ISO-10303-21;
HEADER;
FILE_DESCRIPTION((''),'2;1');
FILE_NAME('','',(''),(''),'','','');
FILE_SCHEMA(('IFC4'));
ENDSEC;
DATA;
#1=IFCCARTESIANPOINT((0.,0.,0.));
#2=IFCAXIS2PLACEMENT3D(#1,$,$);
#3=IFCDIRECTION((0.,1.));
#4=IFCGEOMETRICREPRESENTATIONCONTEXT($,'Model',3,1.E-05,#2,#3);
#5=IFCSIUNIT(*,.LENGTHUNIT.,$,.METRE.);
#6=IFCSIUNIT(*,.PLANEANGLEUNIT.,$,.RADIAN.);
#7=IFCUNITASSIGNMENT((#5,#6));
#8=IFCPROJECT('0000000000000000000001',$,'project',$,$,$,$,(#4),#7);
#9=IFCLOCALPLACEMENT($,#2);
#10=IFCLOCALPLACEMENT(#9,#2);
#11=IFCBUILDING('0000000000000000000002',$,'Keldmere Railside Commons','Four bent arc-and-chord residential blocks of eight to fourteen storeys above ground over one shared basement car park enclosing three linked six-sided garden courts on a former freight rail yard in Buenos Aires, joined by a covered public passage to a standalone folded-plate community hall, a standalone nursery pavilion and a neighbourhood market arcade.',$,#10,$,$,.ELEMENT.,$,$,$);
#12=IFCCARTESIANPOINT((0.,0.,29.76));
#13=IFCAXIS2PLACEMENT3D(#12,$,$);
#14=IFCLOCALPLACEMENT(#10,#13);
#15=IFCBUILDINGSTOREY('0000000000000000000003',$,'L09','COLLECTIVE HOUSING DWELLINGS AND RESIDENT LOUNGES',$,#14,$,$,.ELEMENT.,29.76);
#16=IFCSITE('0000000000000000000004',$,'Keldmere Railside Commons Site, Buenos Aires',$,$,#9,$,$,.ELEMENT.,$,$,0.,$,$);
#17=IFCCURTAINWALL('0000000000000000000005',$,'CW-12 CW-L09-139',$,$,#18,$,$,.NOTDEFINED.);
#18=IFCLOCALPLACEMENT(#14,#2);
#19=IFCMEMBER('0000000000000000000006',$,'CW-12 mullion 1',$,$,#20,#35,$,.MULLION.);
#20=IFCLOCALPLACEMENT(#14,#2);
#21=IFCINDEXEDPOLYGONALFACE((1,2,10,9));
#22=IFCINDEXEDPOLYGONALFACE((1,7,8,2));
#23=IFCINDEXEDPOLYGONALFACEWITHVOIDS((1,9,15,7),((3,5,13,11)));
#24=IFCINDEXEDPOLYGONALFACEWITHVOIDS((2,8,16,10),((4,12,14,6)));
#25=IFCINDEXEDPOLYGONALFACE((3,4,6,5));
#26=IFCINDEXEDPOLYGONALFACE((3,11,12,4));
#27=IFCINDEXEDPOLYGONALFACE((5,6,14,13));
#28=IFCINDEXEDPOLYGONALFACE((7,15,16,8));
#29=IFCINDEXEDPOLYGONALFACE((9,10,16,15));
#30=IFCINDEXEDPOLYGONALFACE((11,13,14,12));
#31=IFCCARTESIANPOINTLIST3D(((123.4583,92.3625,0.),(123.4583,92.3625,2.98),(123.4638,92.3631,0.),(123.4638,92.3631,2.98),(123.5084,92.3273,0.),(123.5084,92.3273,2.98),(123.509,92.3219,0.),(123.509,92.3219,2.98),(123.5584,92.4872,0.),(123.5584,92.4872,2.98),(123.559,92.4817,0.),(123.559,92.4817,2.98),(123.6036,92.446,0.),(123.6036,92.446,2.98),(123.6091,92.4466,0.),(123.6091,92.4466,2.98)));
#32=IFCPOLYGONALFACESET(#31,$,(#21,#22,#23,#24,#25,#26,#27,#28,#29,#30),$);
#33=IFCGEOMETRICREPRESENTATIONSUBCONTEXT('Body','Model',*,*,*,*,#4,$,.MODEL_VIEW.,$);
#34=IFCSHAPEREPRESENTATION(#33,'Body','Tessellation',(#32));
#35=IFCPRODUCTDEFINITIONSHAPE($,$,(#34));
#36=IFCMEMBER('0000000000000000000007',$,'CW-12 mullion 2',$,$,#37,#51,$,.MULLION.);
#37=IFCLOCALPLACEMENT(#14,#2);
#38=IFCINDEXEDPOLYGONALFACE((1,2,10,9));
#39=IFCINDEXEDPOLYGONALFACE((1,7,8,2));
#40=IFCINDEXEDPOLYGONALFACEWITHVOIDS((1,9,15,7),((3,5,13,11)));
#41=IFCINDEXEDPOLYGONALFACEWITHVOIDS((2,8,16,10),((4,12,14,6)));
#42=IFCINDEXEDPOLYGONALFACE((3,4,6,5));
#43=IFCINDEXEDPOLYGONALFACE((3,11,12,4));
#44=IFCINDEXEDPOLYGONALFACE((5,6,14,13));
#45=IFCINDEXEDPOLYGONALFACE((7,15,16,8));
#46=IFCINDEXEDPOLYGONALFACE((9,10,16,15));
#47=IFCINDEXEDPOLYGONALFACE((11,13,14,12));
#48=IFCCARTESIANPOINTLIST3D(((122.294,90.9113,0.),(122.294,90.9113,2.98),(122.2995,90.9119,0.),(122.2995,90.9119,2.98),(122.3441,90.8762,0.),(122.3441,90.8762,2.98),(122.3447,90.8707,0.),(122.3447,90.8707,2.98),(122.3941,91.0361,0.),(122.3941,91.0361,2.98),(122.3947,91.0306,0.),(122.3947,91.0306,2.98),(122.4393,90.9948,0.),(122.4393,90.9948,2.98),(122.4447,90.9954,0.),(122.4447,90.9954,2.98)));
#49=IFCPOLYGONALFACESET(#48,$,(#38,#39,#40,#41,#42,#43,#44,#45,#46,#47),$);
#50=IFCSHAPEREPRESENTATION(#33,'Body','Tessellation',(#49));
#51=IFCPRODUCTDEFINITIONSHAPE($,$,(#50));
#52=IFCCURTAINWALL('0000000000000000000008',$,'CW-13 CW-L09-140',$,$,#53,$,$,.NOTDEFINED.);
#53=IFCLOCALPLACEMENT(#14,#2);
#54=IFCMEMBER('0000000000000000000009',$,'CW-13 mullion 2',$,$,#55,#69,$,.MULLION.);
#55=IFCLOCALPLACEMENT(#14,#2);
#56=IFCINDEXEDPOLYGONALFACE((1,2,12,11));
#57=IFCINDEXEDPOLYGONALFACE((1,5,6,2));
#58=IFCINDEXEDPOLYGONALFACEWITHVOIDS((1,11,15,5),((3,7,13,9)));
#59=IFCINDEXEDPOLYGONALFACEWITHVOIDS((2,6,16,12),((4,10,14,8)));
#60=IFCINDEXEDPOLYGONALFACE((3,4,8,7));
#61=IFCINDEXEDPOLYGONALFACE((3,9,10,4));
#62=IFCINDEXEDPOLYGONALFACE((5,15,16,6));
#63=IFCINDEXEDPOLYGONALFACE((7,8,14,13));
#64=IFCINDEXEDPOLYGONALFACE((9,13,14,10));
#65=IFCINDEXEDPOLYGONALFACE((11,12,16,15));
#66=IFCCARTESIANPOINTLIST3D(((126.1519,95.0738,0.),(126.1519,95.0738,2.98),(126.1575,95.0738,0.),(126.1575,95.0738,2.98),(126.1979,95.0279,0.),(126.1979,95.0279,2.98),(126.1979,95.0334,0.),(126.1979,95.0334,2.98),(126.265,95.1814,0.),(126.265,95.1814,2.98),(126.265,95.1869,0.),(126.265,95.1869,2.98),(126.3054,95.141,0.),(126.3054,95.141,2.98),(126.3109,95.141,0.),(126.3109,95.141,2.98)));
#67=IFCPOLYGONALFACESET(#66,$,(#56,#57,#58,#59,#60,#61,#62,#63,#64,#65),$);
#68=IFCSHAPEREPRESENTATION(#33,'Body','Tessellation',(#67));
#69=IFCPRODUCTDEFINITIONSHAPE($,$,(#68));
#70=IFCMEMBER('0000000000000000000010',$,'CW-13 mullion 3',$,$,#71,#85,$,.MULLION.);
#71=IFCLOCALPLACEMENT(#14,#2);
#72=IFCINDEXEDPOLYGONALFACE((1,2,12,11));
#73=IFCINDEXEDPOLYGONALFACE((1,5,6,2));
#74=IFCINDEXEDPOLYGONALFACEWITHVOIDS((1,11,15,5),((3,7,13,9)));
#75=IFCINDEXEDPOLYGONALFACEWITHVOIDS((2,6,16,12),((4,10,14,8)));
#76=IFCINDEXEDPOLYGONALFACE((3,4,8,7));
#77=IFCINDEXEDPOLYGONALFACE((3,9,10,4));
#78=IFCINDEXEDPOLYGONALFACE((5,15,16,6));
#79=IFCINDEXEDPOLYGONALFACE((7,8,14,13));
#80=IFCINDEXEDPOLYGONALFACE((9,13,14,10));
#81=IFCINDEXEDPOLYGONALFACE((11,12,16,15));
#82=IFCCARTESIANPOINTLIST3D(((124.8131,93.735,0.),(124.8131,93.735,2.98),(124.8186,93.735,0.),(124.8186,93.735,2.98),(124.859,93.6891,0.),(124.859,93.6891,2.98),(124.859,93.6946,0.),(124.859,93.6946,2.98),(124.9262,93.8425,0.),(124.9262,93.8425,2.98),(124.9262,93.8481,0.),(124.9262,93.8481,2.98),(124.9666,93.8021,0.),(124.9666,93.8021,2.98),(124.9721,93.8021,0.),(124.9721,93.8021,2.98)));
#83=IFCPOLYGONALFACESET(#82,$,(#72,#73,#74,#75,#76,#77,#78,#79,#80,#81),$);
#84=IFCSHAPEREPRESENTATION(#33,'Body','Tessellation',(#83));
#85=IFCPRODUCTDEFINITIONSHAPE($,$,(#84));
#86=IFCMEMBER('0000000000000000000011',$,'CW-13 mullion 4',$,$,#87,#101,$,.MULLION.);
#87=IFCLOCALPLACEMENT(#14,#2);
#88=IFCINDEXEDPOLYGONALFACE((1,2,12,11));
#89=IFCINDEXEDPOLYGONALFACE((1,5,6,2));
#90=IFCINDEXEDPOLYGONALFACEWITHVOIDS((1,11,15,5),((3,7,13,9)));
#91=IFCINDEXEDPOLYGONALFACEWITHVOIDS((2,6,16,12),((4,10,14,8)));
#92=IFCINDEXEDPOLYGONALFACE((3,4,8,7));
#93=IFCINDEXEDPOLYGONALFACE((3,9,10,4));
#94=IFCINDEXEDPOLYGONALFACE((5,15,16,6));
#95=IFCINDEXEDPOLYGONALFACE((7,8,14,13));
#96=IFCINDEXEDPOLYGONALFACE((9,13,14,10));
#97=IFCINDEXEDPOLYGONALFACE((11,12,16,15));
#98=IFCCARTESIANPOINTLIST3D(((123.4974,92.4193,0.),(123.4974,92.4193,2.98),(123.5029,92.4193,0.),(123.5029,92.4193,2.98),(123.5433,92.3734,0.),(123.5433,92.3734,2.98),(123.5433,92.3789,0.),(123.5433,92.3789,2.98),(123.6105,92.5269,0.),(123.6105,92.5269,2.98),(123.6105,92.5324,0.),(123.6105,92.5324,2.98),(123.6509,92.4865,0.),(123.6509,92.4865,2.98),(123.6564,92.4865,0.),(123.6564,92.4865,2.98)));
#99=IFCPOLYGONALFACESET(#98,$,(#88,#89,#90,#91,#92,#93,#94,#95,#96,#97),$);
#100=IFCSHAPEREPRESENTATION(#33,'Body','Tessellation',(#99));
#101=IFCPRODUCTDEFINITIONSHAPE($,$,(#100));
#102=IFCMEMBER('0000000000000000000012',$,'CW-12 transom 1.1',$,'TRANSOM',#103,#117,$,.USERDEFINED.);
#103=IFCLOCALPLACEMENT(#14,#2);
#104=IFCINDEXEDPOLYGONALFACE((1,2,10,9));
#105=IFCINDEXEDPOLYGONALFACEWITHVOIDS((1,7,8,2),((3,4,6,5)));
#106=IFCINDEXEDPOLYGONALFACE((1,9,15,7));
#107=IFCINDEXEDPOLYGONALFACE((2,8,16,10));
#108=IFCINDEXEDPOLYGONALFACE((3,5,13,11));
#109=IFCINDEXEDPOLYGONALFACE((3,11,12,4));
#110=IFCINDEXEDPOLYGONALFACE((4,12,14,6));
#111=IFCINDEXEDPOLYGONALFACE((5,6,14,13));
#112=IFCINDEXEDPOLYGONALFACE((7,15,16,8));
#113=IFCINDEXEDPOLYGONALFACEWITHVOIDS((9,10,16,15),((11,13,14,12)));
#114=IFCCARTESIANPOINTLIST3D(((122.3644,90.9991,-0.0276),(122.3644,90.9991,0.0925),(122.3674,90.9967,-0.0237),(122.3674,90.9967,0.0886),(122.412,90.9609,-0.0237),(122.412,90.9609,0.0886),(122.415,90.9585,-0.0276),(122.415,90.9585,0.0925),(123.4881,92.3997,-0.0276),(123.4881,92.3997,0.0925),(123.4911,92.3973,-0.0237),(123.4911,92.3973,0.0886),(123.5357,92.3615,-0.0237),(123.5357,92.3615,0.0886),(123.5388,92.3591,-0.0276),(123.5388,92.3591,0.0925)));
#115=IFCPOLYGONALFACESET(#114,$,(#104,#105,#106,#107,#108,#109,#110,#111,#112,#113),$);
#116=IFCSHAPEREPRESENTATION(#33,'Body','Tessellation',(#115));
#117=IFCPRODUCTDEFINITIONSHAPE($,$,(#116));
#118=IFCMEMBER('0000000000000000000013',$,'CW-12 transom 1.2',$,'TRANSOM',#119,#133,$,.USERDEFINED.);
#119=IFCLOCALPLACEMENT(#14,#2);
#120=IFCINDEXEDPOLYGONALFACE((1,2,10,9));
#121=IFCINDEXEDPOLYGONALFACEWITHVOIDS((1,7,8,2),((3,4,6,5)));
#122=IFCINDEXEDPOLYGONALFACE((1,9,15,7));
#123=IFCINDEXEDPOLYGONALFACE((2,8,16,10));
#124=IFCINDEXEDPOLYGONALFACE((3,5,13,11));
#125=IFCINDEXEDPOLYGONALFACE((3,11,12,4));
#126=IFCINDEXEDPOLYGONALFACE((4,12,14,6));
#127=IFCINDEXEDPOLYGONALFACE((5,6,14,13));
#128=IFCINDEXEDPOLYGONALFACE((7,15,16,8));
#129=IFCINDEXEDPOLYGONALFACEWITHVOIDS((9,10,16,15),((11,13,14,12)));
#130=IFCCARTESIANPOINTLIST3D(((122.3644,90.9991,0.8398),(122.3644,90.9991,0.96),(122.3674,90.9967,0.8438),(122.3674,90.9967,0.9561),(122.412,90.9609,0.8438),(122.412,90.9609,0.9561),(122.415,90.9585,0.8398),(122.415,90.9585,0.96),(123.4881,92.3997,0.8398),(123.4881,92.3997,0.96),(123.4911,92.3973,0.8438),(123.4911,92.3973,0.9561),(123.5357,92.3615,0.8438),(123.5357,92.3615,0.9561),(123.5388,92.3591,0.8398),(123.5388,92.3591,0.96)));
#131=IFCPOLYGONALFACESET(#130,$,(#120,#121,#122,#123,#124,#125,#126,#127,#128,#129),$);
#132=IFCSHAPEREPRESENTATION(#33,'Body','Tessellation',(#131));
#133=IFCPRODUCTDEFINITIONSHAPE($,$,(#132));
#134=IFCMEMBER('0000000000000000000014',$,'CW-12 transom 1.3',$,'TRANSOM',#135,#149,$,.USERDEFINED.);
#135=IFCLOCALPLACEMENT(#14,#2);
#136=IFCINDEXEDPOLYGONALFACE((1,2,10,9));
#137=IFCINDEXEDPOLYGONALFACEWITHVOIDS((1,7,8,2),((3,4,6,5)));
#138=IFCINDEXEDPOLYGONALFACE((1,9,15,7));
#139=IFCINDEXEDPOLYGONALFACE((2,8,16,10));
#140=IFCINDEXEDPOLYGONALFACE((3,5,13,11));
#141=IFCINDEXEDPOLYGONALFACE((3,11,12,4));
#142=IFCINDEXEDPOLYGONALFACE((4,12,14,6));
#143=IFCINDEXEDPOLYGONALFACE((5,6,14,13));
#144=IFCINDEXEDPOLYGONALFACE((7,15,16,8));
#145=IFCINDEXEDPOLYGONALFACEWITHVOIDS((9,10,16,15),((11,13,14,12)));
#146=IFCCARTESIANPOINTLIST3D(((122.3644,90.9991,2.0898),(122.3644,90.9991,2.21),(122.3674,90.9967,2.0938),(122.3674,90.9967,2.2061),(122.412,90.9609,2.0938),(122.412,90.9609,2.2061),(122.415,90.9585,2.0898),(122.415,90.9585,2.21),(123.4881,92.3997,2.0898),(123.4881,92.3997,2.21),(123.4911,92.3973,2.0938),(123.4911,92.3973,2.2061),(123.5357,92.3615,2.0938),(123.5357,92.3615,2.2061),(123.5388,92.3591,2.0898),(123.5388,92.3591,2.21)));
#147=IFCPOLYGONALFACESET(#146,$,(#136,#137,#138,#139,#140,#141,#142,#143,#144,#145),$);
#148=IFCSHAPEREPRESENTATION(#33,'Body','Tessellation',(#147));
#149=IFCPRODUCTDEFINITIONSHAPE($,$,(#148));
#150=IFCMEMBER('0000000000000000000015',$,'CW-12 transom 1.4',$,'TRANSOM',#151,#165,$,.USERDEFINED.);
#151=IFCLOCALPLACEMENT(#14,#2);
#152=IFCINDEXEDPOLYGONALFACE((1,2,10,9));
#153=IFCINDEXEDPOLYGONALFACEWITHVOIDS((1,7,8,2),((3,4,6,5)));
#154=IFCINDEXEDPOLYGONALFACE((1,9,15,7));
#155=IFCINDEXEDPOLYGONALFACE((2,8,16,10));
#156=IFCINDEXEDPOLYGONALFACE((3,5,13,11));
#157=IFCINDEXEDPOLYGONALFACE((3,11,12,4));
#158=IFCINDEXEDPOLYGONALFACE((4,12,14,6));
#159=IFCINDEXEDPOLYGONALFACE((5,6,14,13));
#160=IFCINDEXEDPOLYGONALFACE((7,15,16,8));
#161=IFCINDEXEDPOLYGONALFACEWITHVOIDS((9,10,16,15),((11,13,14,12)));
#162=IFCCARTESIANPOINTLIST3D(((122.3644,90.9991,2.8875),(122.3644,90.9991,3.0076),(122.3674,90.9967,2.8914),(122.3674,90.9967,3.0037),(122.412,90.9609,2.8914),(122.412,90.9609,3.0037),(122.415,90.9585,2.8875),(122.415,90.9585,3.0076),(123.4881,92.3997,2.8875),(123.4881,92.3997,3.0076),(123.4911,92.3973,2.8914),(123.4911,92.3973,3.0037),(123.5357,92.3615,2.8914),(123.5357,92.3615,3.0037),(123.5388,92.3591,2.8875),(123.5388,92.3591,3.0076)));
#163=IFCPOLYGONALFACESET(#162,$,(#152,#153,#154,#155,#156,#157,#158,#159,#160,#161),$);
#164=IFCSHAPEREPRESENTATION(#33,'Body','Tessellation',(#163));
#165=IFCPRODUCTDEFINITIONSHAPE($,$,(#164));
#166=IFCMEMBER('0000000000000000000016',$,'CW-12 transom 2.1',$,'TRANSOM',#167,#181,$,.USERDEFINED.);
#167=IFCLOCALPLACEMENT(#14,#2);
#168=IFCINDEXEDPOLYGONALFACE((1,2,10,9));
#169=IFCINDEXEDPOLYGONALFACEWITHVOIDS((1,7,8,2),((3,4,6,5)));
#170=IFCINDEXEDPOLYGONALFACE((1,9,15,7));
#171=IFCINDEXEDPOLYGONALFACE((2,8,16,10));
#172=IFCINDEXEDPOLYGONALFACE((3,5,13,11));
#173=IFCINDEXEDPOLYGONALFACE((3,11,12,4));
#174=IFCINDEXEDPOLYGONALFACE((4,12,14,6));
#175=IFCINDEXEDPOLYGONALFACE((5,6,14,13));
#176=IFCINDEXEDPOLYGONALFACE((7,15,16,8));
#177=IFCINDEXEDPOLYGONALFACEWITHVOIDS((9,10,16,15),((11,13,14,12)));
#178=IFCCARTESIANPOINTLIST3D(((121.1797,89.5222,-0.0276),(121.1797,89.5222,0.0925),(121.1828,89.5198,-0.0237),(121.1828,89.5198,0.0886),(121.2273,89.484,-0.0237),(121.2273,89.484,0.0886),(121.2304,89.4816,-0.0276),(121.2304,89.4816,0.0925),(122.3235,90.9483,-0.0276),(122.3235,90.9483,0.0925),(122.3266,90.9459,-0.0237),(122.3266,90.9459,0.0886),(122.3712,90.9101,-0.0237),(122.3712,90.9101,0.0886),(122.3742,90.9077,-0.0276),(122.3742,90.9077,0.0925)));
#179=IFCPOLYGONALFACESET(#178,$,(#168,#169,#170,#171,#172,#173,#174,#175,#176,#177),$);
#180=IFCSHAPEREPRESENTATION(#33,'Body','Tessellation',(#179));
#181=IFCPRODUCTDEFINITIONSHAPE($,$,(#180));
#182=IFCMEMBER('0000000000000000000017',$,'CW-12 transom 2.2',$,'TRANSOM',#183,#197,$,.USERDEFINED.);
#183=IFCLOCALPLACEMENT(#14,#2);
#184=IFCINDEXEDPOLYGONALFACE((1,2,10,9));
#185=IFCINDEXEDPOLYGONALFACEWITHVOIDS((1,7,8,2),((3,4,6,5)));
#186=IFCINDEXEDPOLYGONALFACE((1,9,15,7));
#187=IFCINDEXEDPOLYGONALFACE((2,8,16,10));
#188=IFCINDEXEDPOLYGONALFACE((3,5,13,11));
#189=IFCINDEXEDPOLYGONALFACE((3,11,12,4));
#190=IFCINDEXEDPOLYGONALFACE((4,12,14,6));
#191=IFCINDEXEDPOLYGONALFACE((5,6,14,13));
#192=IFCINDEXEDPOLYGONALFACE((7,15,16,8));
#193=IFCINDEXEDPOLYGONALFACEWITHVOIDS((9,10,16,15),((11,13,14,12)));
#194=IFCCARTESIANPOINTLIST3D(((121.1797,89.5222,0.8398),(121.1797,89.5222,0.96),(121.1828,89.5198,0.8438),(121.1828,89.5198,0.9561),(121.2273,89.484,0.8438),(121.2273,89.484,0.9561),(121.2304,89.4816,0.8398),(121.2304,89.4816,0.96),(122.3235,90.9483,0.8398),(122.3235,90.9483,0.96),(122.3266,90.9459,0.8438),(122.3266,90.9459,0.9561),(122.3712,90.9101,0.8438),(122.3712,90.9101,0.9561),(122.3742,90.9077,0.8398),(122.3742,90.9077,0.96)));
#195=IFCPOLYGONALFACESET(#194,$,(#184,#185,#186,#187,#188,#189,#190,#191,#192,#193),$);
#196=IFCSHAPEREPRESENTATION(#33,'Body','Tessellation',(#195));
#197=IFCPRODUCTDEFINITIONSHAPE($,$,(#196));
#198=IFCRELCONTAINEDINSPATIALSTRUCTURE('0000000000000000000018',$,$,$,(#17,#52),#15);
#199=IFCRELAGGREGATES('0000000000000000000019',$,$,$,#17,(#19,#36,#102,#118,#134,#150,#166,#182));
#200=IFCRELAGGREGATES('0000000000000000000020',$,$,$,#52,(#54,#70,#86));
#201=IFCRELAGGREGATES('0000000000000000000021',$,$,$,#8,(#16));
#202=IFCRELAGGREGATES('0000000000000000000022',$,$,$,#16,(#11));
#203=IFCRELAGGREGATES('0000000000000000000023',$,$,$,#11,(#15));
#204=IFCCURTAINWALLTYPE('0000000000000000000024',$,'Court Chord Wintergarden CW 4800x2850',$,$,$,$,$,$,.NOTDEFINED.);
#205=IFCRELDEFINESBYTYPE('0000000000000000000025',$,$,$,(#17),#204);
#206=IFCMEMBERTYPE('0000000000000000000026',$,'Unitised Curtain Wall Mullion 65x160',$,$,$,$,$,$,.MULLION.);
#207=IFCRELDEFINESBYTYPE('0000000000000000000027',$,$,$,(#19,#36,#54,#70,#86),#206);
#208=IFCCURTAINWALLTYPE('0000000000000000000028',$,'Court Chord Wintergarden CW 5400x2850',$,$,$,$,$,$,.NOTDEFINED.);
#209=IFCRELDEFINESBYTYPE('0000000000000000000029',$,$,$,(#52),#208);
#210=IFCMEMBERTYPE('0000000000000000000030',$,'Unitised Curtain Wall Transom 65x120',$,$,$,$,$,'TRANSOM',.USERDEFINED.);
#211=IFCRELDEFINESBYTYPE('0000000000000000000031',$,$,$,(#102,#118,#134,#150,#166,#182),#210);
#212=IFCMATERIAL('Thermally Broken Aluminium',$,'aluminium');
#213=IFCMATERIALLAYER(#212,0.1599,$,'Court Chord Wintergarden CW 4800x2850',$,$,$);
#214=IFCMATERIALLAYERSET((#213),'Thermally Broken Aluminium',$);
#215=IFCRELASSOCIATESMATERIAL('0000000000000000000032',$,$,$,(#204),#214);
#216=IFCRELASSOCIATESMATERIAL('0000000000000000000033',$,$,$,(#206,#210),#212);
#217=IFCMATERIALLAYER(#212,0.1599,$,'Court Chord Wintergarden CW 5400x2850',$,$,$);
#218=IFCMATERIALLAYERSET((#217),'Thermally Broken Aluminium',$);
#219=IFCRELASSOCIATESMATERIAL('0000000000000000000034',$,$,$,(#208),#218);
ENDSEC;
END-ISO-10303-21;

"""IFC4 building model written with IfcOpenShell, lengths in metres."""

from ifc_helpers import new_model, si_unit, direction, frame, origin, origin_2d, place, context, subcontext, project, spatial, hollow_rectangle, extrude, material, layer, layer_set, material_profile, profile_set, type_object, element, aggregate, save


model = new_model("IFC4")

# Units and contexts
model_context = context("Model", 3, precision=1e-05, world=origin(), true_north=direction((0.0, 1.0)))
body_context = subcontext(model_context, "Body", "Model", "MODEL_VIEW")
ifc_project = project(units=[si_unit("LENGTHUNIT", "METRE"), si_unit("PLANEANGLEUNIT", "RADIAN")], contexts=[model_context])

# Site, building, storey
site_placement = place(None, origin())
site = spatial("IfcSite", under=ifc_project, at=site_placement, Name="Keldmere Railside Commons Site, Buenos Aires", CompositionType="ELEMENT", RefElevation=0.0)
building_placement = place(site_placement, origin())
building = spatial("IfcBuilding", under=site, at=building_placement, Name="Keldmere Railside Commons", Description="Four bent arc-and-chord residential blocks of eight to fourteen storeys above ground over one shared basement car park enclosing three linked six-sided garden courts on a former freight rail yard in Buenos Aires, joined by a covered public passage to a standalone folded-plate community hall, a standalone nursery pavilion and a neighbourhood market arcade.", CompositionType="ELEMENT")
storey_placement = place(building_placement, frame((0.0, 0.0, 29.76)))
storey = spatial("IfcBuildingStorey", under=building, at=storey_placement, Name="L09", Description="COLLECTIVE HOUSING DWELLINGS AND RESIDENT LOUNGES", CompositionType="ELEMENT", Elevation=29.76)

# Curtain walls, members
ifc_material_1 = material(Name="Thermally Broken Aluminium", Category="aluminium")
ifc_layer_1 = layer(ifc_material_1, 0.1599, Name="Court Chord Wintergarden CW 4800x2850")
ifc_layer_set_1 = layer_set([ifc_layer_1], Name="Thermally Broken Aluminium")
curtain_wall_type_1 = type_object("IfcCurtainWallType", Name="Court Chord Wintergarden CW 4800x2850", PredefinedType="NOTDEFINED", material=ifc_layer_set_1)
curtain_wall_1_placement = place(storey_placement, origin())
curtain_wall_1 = element("IfcCurtainWall", 1, at=curtain_wall_1_placement, inside=storey, type_object=curtain_wall_type_1, Name="CW-12 CW-L09-139", PredefinedType="NOTDEFINED")
ifc_material_profile_1 = material_profile(ifc_material_1, hollow_rectangle(XDim=0.0649, YDim=0.1599, WallThickness=0.0039, at=origin_2d()), Name="ALU-MULL-65x160")
ifc_profile_set_1 = profile_set([ifc_material_profile_1], Name="Thermally Broken Aluminium")
member_type_1 = type_object("IfcMemberType", Name="Unitised Curtain Wall Mullion 65x160", PredefinedType="MULLION", material=ifc_profile_set_1)
member_1_placement = place(storey_placement, frame((123.5337, 92.4045, 0.0), z_axis=(0.0, 0.0, 1.0), x_axis=(0.780009, -0.625768, 0.0)))
member_1 = element("IfcMember", 2, at=member_1_placement, type_object=member_type_1, Name="CW-12 mullion 1", PredefinedType="MULLION", context=body_context, shape_type="SweptSolid", body=[
    extrude(hollow_rectangle(XDim=0.0649, YDim=0.1599, WallThickness=0.0039, at=origin_2d()), origin(), (0.0, 0.0, 1.0), 2.98),
])
member_2_placement = place(storey_placement, frame((122.3694, 90.9534, 0.0), z_axis=(0.0, 0.0, 1.0), x_axis=(0.780009, -0.625768, 0.0)))
member_2 = element("IfcMember", 3, at=member_2_placement, type_object=member_type_1, Name="CW-12 mullion 2", PredefinedType="MULLION", context=body_context, shape_type="SweptSolid", body=[
    extrude(hollow_rectangle(XDim=0.0649, YDim=0.1599, WallThickness=0.0039, at=origin_2d()), origin(), (0.0, 0.0, 1.0), 2.98),
])
ifc_layer_2 = layer(ifc_material_1, 0.1599, Name="Court Chord Wintergarden CW 5400x2850")
ifc_layer_set_2 = layer_set([ifc_layer_2], Name="Thermally Broken Aluminium")
curtain_wall_type_2 = type_object("IfcCurtainWallType", Name="Court Chord Wintergarden CW 5400x2850", PredefinedType="NOTDEFINED", material=ifc_layer_set_2)
curtain_wall_2_placement = place(storey_placement, origin())
curtain_wall_2 = element("IfcCurtainWall", 4, at=curtain_wall_2_placement, inside=storey, type_object=curtain_wall_type_2, Name="CW-13 CW-L09-140", PredefinedType="NOTDEFINED")
member_3_placement = place(storey_placement, frame((126.2314, 95.1074, 0.0), z_axis=(0.0, 0.0, 1.0), x_axis=(0.707107, -0.707107, 0.0)))
member_3 = element("IfcMember", 5, at=member_3_placement, type_object=member_type_1, Name="CW-13 mullion 2", PredefinedType="MULLION", context=body_context, shape_type="SweptSolid", body=[
    extrude(hollow_rectangle(XDim=0.0649, YDim=0.1599, WallThickness=0.0039, at=origin_2d()), origin(), (0.0, 0.0, 1.0), 2.98),
])
member_4_placement = place(storey_placement, frame((124.8926, 93.7686, 0.0), z_axis=(0.0, 0.0, 1.0), x_axis=(0.707107, -0.707107, 0.0)))
member_4 = element("IfcMember", 6, at=member_4_placement, type_object=member_type_1, Name="CW-13 mullion 3", PredefinedType="MULLION", context=body_context, shape_type="SweptSolid", body=[
    extrude(hollow_rectangle(XDim=0.0649, YDim=0.1599, WallThickness=0.0039, at=origin_2d()), origin(), (0.0, 0.0, 1.0), 2.98),
])
member_5_placement = place(storey_placement, frame((123.5769, 92.4529, 0.0), z_axis=(0.0, 0.0, 1.0), x_axis=(0.707107, -0.707107, 0.0)))
member_5 = element("IfcMember", 7, at=member_5_placement, type_object=member_type_1, Name="CW-13 mullion 4", PredefinedType="MULLION", context=body_context, shape_type="SweptSolid", body=[
    extrude(hollow_rectangle(XDim=0.0649, YDim=0.1599, WallThickness=0.0039, at=origin_2d()), origin(), (0.0, 0.0, 1.0), 2.98),
])

# Members
ifc_material_profile_2 = material_profile(ifc_material_1, hollow_rectangle(XDim=0.0649, YDim=0.1201, WallThickness=0.0039, at=origin_2d()), Name="ALU-TRAN-65x120")
ifc_profile_set_2 = profile_set([ifc_material_profile_2], Name="Thermally Broken Aluminium")
member_type_2 = type_object("IfcMemberType", Name="Unitised Curtain Wall Transom 65x120", ElementType="TRANSOM", PredefinedType="USERDEFINED", material=ifc_profile_set_2)
member_6_placement = place(storey_placement, frame((123.5134, 92.3794, 0.0325), z_axis=(-0.625805, -0.779979, 0.0), x_axis=(0.779979, -0.625805, 0.0)))
member_6 = element("IfcMember", 8, at=member_6_placement, type_object=member_type_2, Name="CW-12 transom 1.1", ObjectType="TRANSOM", PredefinedType="USERDEFINED", context=body_context, shape_type="SweptSolid", body=[
    extrude(hollow_rectangle(XDim=0.0649, YDim=0.1201, WallThickness=0.0039, at=origin_2d()), origin(), (0.0, 0.0, 1.0), 1.7957),
])
member_7_placement = place(storey_placement, frame((123.5134, 92.3794, 0.8999), z_axis=(-0.625805, -0.779979, 0.0), x_axis=(0.779979, -0.625805, 0.0)))
member_7 = element("IfcMember", 9, at=member_7_placement, type_object=member_type_2, Name="CW-12 transom 1.2", ObjectType="TRANSOM", PredefinedType="USERDEFINED", context=body_context, shape_type="SweptSolid", body=[
    extrude(hollow_rectangle(XDim=0.0649, YDim=0.1201, WallThickness=0.0039, at=origin_2d()), origin(), (0.0, 0.0, 1.0), 1.7957),
])
member_8_placement = place(storey_placement, frame((123.5134, 92.3794, 2.1499), z_axis=(-0.625805, -0.779979, 0.0), x_axis=(0.779979, -0.625805, 0.0)))
member_8 = element("IfcMember", 10, at=member_8_placement, type_object=member_type_2, Name="CW-12 transom 1.3", ObjectType="TRANSOM", PredefinedType="USERDEFINED", context=body_context, shape_type="SweptSolid", body=[
    extrude(hollow_rectangle(XDim=0.0649, YDim=0.1201, WallThickness=0.0039, at=origin_2d()), origin(), (0.0, 0.0, 1.0), 1.7957),
])
member_9_placement = place(storey_placement, frame((123.5134, 92.3794, 2.9475), z_axis=(-0.625805, -0.779979, 0.0), x_axis=(0.779979, -0.625805, 0.0)))
member_9 = element("IfcMember", 11, at=member_9_placement, type_object=member_type_2, Name="CW-12 transom 1.4", ObjectType="TRANSOM", PredefinedType="USERDEFINED", context=body_context, shape_type="SweptSolid", body=[
    extrude(hollow_rectangle(XDim=0.0649, YDim=0.1201, WallThickness=0.0039, at=origin_2d()), origin(), (0.0, 0.0, 1.0), 1.7957),
])
member_10_placement = place(storey_placement, frame((122.3489, 90.928, 0.0325), z_axis=(-0.625688, -0.780073, 0.0), x_axis=(0.780073, -0.625688, 0.0)))
member_10 = element("IfcMember", 12, at=member_10_placement, type_object=member_type_2, Name="CW-12 transom 2.1", ObjectType="TRANSOM", PredefinedType="USERDEFINED", context=body_context, shape_type="SweptSolid", body=[
    extrude(hollow_rectangle(XDim=0.0649, YDim=0.1201, WallThickness=0.0039, at=origin_2d()), origin(), (0.0, 0.0, 1.0), 1.8281),
])
member_11_placement = place(storey_placement, frame((122.3489, 90.928, 0.8999), z_axis=(-0.625688, -0.780073, 0.0), x_axis=(0.780073, -0.625688, 0.0)))
member_11 = element("IfcMember", 13, at=member_11_placement, type_object=member_type_2, Name="CW-12 transom 2.2", ObjectType="TRANSOM", PredefinedType="USERDEFINED", context=body_context, shape_type="SweptSolid", body=[
    extrude(hollow_rectangle(XDim=0.0649, YDim=0.1201, WallThickness=0.0039, at=origin_2d()), origin(), (0.0, 0.0, 1.0), 1.8281),
])

aggregate(curtain_wall_1, [member_1, member_2, member_6, member_7, member_8, member_9, member_10, member_11])
aggregate(curtain_wall_2, [member_3, member_4, member_5])

save(model, "model.ifc")
